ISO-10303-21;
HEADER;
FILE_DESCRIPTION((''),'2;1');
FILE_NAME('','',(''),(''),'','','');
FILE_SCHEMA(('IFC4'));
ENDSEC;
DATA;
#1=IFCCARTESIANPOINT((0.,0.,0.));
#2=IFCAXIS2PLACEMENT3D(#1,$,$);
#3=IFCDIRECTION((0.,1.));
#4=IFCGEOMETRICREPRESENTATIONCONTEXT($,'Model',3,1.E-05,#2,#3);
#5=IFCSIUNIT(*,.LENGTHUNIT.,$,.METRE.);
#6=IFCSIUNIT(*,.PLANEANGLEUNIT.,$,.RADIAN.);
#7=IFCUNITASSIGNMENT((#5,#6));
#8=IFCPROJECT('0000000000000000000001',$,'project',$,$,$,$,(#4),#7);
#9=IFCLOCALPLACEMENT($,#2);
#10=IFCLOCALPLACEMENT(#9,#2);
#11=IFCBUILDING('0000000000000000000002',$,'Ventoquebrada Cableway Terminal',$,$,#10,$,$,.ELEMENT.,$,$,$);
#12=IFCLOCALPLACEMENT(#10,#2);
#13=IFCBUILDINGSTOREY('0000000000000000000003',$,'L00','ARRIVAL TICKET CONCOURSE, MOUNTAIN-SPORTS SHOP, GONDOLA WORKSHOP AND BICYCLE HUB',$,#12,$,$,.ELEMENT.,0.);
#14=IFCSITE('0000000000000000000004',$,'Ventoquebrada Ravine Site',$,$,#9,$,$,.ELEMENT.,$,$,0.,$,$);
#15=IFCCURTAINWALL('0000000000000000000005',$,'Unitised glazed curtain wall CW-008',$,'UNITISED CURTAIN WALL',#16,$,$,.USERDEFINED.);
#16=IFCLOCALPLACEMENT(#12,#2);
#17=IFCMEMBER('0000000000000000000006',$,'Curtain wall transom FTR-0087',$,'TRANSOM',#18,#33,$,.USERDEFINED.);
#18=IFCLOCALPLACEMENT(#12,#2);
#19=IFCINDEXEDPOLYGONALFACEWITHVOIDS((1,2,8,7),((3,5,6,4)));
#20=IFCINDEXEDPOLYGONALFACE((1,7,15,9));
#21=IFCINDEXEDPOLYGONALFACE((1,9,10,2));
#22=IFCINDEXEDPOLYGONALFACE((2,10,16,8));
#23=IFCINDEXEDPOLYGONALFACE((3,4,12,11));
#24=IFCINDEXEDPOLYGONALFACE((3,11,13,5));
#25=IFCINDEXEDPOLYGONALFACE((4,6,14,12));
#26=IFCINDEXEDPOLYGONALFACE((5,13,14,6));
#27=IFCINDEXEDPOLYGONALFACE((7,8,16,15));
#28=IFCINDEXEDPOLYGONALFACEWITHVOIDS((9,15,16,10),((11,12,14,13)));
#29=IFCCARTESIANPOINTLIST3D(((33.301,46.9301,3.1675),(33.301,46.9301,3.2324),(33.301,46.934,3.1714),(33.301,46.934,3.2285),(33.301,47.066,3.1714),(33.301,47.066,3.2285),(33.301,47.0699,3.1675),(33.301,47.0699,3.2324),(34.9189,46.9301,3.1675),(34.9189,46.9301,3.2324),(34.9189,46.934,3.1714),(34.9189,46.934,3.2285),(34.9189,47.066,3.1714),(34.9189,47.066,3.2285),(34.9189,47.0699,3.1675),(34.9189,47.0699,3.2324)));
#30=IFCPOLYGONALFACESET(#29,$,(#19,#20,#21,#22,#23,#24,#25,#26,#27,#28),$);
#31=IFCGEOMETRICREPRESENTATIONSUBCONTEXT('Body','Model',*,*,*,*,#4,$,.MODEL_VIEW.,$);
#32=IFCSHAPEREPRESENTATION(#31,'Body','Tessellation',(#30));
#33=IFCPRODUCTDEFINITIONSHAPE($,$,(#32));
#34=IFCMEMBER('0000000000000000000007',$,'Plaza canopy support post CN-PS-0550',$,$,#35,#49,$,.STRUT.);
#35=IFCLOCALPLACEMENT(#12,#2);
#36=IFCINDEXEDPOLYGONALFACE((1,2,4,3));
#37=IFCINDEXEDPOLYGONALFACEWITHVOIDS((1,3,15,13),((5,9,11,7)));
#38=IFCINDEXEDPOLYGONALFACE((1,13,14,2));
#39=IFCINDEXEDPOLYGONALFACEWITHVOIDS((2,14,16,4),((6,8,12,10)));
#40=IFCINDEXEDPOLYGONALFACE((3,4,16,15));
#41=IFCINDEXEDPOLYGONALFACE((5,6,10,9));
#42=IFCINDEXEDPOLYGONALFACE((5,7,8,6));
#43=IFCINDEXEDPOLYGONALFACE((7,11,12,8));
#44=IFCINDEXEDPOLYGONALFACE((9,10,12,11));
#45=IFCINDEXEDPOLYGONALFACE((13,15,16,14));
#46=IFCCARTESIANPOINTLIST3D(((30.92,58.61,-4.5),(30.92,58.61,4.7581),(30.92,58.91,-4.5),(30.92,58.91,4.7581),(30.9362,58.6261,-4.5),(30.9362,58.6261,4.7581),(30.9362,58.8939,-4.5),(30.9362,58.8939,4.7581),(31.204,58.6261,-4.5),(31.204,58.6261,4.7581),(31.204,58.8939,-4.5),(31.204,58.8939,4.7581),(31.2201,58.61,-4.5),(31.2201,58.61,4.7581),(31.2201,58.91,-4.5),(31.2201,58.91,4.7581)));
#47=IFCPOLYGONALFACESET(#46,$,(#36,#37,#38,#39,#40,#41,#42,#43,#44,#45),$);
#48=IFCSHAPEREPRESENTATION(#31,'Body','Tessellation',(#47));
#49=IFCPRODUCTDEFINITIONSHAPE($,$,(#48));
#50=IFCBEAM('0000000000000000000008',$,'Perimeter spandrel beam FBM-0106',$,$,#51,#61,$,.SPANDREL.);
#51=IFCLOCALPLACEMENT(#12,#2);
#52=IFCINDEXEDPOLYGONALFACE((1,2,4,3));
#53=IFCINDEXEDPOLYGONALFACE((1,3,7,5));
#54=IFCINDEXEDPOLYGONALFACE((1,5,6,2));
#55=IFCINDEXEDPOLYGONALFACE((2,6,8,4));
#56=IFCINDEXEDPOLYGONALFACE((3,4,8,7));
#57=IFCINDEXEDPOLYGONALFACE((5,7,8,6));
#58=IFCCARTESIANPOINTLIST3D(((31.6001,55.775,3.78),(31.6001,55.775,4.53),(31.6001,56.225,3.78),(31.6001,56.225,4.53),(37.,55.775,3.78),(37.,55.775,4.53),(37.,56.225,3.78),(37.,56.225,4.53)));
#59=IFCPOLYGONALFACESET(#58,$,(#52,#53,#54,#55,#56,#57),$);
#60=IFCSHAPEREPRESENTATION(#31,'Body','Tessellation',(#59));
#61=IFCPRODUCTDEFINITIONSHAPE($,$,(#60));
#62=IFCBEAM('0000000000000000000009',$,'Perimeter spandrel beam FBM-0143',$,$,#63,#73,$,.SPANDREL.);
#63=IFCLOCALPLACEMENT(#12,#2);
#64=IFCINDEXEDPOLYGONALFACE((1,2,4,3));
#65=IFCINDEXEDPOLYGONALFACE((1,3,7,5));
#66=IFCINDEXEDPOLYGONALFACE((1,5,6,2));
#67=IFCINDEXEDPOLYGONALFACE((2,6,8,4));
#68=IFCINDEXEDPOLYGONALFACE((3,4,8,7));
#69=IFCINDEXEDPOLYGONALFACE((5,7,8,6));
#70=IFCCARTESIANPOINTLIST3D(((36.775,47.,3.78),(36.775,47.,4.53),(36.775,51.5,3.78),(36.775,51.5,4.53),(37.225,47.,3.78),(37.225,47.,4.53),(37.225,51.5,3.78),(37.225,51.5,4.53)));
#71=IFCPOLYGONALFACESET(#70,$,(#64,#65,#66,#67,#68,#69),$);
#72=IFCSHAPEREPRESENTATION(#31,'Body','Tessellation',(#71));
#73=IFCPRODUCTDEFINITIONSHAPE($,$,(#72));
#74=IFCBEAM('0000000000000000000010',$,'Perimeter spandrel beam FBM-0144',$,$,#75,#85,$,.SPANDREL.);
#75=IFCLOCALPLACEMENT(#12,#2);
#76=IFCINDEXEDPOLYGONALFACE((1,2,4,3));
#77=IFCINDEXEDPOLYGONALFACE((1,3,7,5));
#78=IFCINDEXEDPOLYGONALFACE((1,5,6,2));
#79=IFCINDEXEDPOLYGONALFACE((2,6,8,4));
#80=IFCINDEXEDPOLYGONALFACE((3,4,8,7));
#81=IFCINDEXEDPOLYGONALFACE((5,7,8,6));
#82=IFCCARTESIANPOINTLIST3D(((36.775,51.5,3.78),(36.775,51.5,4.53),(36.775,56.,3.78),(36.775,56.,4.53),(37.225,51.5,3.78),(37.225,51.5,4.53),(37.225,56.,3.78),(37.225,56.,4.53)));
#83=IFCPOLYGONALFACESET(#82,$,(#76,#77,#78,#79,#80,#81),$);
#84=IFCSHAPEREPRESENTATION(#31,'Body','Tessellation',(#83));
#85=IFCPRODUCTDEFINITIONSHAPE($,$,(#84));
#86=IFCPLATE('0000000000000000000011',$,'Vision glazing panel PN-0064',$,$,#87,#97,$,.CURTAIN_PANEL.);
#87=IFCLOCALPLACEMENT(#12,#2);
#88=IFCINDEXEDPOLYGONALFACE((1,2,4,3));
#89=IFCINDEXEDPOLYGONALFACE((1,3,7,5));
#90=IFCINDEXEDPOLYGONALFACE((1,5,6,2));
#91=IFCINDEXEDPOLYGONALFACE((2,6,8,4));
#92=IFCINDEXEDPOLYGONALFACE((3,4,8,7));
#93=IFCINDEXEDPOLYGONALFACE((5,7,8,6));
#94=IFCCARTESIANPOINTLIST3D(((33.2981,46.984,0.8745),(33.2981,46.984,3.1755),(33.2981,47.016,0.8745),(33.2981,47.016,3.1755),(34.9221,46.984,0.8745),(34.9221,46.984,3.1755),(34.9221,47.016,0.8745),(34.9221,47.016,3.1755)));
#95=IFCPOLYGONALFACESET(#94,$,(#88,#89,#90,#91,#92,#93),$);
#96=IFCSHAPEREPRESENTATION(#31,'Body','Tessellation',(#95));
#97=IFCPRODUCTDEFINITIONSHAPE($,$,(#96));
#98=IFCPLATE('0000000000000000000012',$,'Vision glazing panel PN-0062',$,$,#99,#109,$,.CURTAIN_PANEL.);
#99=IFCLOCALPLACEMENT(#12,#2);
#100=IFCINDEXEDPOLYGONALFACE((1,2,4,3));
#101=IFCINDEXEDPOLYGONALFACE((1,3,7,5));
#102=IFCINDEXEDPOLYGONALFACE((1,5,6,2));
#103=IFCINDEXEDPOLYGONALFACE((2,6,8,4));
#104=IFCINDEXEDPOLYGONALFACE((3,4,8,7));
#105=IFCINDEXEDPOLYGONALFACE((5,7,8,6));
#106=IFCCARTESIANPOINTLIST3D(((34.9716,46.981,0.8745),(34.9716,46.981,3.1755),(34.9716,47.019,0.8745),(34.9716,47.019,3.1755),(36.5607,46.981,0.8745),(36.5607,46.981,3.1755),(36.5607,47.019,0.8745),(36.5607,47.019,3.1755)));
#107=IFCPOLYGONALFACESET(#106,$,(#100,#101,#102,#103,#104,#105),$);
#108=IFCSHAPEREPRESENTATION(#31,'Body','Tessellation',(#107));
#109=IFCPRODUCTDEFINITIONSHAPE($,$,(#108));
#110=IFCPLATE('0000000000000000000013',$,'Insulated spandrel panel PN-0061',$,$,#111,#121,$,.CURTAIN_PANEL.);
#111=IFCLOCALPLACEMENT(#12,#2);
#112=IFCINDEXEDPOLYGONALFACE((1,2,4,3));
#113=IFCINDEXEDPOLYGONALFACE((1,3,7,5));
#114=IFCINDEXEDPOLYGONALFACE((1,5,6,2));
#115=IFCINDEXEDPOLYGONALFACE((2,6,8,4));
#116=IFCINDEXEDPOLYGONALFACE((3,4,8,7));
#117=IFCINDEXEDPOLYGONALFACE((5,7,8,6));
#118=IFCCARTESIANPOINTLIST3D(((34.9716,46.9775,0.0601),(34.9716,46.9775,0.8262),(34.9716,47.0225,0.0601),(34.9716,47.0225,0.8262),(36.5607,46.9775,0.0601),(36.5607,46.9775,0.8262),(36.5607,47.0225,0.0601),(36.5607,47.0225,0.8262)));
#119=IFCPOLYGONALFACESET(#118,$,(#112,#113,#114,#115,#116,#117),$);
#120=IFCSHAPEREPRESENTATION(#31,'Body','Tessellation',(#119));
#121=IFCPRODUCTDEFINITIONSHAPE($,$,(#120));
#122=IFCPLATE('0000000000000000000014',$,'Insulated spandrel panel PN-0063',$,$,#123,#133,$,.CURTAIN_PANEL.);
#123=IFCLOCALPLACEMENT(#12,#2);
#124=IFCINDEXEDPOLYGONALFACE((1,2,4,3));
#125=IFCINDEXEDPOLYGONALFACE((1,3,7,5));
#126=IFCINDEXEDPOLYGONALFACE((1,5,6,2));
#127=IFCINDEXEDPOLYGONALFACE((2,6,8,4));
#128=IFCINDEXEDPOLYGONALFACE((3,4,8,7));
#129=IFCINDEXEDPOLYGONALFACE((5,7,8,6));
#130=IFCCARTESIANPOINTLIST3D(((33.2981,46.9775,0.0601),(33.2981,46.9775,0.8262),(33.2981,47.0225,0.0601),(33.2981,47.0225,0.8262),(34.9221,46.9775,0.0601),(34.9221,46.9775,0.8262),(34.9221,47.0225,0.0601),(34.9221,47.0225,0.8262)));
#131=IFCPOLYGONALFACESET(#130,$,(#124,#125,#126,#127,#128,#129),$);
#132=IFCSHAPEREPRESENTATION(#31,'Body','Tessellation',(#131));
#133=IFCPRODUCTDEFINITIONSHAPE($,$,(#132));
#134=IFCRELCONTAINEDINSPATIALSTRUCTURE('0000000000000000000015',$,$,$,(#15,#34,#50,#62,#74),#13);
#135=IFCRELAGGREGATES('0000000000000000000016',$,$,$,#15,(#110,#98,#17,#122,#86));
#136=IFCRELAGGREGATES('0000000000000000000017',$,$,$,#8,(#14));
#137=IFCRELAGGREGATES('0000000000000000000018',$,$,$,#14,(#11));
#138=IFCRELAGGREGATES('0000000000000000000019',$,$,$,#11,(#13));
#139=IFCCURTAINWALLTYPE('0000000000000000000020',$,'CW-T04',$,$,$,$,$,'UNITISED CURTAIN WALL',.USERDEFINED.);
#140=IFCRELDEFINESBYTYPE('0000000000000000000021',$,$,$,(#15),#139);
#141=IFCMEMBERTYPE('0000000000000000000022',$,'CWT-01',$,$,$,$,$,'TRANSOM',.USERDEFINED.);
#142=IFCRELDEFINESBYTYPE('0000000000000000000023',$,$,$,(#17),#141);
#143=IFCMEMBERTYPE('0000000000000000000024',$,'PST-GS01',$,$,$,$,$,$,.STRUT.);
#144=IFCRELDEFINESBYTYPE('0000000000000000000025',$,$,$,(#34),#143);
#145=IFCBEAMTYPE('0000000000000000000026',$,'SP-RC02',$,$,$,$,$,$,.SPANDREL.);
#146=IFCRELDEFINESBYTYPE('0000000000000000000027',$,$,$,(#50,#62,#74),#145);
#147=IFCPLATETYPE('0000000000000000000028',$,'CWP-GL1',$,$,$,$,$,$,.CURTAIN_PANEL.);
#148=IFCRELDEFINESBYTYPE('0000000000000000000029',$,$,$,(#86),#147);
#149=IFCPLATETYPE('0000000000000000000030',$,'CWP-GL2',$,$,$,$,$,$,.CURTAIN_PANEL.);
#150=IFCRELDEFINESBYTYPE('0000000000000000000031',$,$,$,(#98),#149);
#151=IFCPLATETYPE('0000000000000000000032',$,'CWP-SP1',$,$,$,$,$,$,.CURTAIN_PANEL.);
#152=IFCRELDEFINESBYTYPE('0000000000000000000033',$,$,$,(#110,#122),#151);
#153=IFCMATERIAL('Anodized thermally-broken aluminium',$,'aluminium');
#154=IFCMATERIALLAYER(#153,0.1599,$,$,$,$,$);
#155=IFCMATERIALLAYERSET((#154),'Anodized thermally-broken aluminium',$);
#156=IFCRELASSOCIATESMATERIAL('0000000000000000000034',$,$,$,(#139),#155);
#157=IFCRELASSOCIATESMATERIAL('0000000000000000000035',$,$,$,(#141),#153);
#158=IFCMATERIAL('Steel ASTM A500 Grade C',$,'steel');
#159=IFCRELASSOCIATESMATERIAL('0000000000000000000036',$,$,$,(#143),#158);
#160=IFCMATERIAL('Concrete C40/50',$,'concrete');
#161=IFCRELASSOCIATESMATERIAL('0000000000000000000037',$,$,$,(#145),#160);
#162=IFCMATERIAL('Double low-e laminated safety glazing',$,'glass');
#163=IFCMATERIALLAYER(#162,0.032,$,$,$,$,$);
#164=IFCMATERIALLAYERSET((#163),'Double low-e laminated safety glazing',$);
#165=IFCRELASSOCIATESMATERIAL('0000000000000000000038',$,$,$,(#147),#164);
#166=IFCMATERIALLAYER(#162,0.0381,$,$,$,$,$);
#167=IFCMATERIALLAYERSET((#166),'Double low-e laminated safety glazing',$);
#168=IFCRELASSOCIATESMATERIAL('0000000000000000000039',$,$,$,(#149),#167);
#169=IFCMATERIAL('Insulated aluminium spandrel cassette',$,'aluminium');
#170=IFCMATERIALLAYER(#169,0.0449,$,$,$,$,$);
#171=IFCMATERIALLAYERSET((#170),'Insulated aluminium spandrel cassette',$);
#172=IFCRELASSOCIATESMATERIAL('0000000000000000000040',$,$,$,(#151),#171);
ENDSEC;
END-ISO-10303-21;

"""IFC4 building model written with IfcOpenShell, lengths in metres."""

from ifc_helpers import new_model, si_unit, direction, frame, origin, origin_2d, place, context, subcontext, project, spatial, rectangle, hollow_rectangle, extrude, material, layer, layer_set, material_profile, profile_set, type_object, element, aggregate, save


model = new_model("IFC4")

# Units and contexts
model_context = context("Model", 3, precision=1e-05, world=origin(), true_north=direction((0.0, 1.0)))
body_context = subcontext(model_context, "Body", "Model", "MODEL_VIEW")
ifc_project = project(units=[si_unit("LENGTHUNIT", "METRE"), si_unit("PLANEANGLEUNIT", "RADIAN")], contexts=[model_context])

# Site, building, storey
site_placement = place(None, origin())
site = spatial("IfcSite", under=ifc_project, at=site_placement, Name="Ventoquebrada Ravine Site", CompositionType="ELEMENT", RefElevation=0.0)
building_placement = place(site_placement, origin())
building = spatial("IfcBuilding", under=site, at=building_placement, Name="Ventoquebrada Cableway Terminal", CompositionType="ELEMENT")
storey_placement = place(building_placement, origin())
storey = spatial("IfcBuildingStorey", under=building, at=storey_placement, Name="L00", Description="ARRIVAL TICKET CONCOURSE, MOUNTAIN-SPORTS SHOP, GONDOLA WORKSHOP AND BICYCLE HUB", CompositionType="ELEMENT", Elevation=0.0)

# Shared definitions
ifc_material_1 = material(Name="Concrete C40/50", Category="concrete")

# Curtain wall, member
ifc_material_2 = material(Name="Anodized thermally-broken aluminium", Category="aluminium")
ifc_layer_1 = layer(ifc_material_2, 0.1599)
ifc_layer_set_1 = layer_set([ifc_layer_1], Name="Anodized thermally-broken aluminium")
curtain_wall_type = type_object("IfcCurtainWallType", Name="CW-T04", ElementType="UNITISED CURTAIN WALL", PredefinedType="USERDEFINED", material=ifc_layer_set_1)
curtain_wall_placement = place(storey_placement, origin())
curtain_wall = element("IfcCurtainWall", 1, at=curtain_wall_placement, inside=storey, type_object=curtain_wall_type, Name="Unitised glazed curtain wall CW-008", ObjectType="UNITISED CURTAIN WALL", PredefinedType="USERDEFINED")
ifc_material_profile_1 = material_profile(ifc_material_2, hollow_rectangle(XDim=0.0649, YDim=0.1399, WallThickness=0.0039, at=origin_2d()), Name="CW-TRN-65X140")
ifc_profile_set_1 = profile_set([ifc_material_profile_1], Name="Anodized thermally-broken aluminium")
member_type_1 = type_object("IfcMemberType", Name="CWT-01", ElementType="TRANSOM", PredefinedType="USERDEFINED", material=ifc_profile_set_1)
member_1_placement = place(storey_placement, frame((34.9189, 47.0, 3.2), z_axis=(-1.0, 0.0, 0.0), x_axis=(0.0, 0.0, 1.0)))
member_1 = element("IfcMember", 2, at=member_1_placement, type_object=member_type_1, Name="Curtain wall transom FTR-0087", ObjectType="TRANSOM", PredefinedType="USERDEFINED", context=body_context, shape_type="SweptSolid", body=[
    extrude(hollow_rectangle(XDim=0.0649, YDim=0.1399, WallThickness=0.0039, at=origin_2d()), origin(), (0.0, 0.0, 1.0), 1.6179),
])

# Member
ifc_material_3 = material(Name="Steel ASTM A500 Grade C", Category="steel")
ifc_material_profile_2 = material_profile(ifc_material_3, hollow_rectangle(XDim=0.3, YDim=0.3, WallThickness=0.0161, at=origin_2d()), Name="HSS300X300X16")
ifc_profile_set_2 = profile_set([ifc_material_profile_2], Name="Steel ASTM A500 Grade C")
member_type_2 = type_object("IfcMemberType", Name="PST-GS01", PredefinedType="STRUT", material=ifc_profile_set_2)
member_2_placement = place(storey_placement, frame((31.0701, 58.76, -4.5), z_axis=(0.0, 0.0, 1.0), x_axis=(1.0, 0.0, 0.0)))
element("IfcMember", 3, at=member_2_placement, inside=storey, type_object=member_type_2, Name="Plaza canopy support post CN-PS-0550", PredefinedType="STRUT", context=body_context, shape_type="SweptSolid", body=[
    extrude(hollow_rectangle(XDim=0.3, YDim=0.3, WallThickness=0.0161, at=origin_2d()), origin(), (0.0, 0.0, 1.0), 9.2581),
])

# Beams
ifc_material_profile_3 = material_profile(ifc_material_1, rectangle(XDim=0.45, YDim=0.75, at=origin_2d()), Name="RC-BM-450X750")
ifc_profile_set_3 = profile_set([ifc_material_profile_3], Name="Concrete C40/50")
beam_type = type_object("IfcBeamType", Name="SP-RC02", PredefinedType="SPANDREL", material=ifc_profile_set_3)
beam_placement = place(storey_placement, frame((31.6001, 56.0, 4.155), z_axis=(1.0, 0.0, 0.0), x_axis=(0.0, 1.0, 0.0)))
element("IfcBeam", 4, at=beam_placement, inside=storey, type_object=beam_type, Name="Perimeter spandrel beam FBM-0106", PredefinedType="SPANDREL", context=body_context, shape_type="SweptSolid", body=[
    extrude(rectangle(XDim=0.45, YDim=0.75, at=origin_2d()), origin(), (0.0, 0.0, 1.0), 5.3999),
])
for number, where, z_axis, x_axis, name in (
    (5, (37.0, 47.0, 4.155), (0.0, 1.0, 0.0), (-1.0, 0.0, 0.0), "Perimeter spandrel beam FBM-0143"),
    (6, (37.0, 51.5, 4.155), (0.0, 1.0, 0.0), (-1.0, 0.0, 0.0), "Perimeter spandrel beam FBM-0144"),
):
    element("IfcBeam", number, at=place(storey_placement, frame(where, z_axis=z_axis, x_axis=x_axis)), inside=storey, type_object=beam_type, Name=name, PredefinedType="SPANDREL", context=body_context, shape_type="SweptSolid", body=[
        extrude(rectangle(XDim=0.45, YDim=0.75, at=origin_2d()), origin(), (0.0, 0.0, 1.0), 4.5),
    ])

# Plates
ifc_material_4 = material(Name="Double low-e laminated safety glazing", Category="glass")
ifc_layer_2 = layer(ifc_material_4, 0.032)
ifc_layer_set_2 = layer_set([ifc_layer_2], Name="Double low-e laminated safety glazing")
plate_type_1 = type_object("IfcPlateType", Name="CWP-GL1", PredefinedType="CURTAIN_PANEL", material=ifc_layer_set_2)
plate_1_placement = place(storey_placement, frame((34.1101, 47.0, 0.8745), z_axis=(0.0, 0.0, 1.0), x_axis=(-1.0, 0.0, 0.0)))
plate_1 = element("IfcPlate", 7, at=plate_1_placement, type_object=plate_type_1, Name="Vision glazing panel PN-0064", PredefinedType="CURTAIN_PANEL", context=body_context, shape_type="SweptSolid", body=[
    extrude(rectangle(XDim=1.624, YDim=0.032, at=origin_2d()), origin(), (0.0, 0.0, 1.0), 2.301),
])
ifc_layer_3 = layer(ifc_material_4, 0.0381)
ifc_layer_set_3 = layer_set([ifc_layer_3], Name="Double low-e laminated safety glazing")
plate_type_2 = type_object("IfcPlateType", Name="CWP-GL2", PredefinedType="CURTAIN_PANEL", material=ifc_layer_set_3)
plate_2_placement = place(storey_placement, frame((35.7661, 47.0, 0.8745), z_axis=(0.0, 0.0, 1.0), x_axis=(-1.0, 0.0, 0.0)))
plate_2 = element("IfcPlate", 8, at=plate_2_placement, type_object=plate_type_2, Name="Vision glazing panel PN-0062", PredefinedType="CURTAIN_PANEL", context=body_context, shape_type="SweptSolid", body=[
    extrude(rectangle(XDim=1.5891, YDim=0.0381, at=origin_2d()), origin(), (0.0, 0.0, 1.0), 2.301),
])
ifc_material_5 = material(Name="Insulated aluminium spandrel cassette", Category="aluminium")
ifc_layer_4 = layer(ifc_material_5, 0.0449)
ifc_layer_set_4 = layer_set([ifc_layer_4], Name="Insulated aluminium spandrel cassette")
plate_type_3 = type_object("IfcPlateType", Name="CWP-SP1", PredefinedType="CURTAIN_PANEL", material=ifc_layer_set_4)
plate_3_placement = place(storey_placement, frame((35.7661, 47.0, 0.0601), z_axis=(0.0, 0.0, 1.0), x_axis=(-1.0, 0.0, 0.0)))
plate_3 = element("IfcPlate", 9, at=plate_3_placement, type_object=plate_type_3, Name="Insulated spandrel panel PN-0061", PredefinedType="CURTAIN_PANEL", context=body_context, shape_type="SweptSolid", body=[
    extrude(rectangle(XDim=1.5891, YDim=0.0449, at=origin_2d()), origin(), (0.0, 0.0, 1.0), 0.7661),
])
plate_4_placement = place(storey_placement, frame((34.1101, 47.0, 0.0601), z_axis=(0.0, 0.0, 1.0), x_axis=(-1.0, 0.0, 0.0)))
plate_4 = element("IfcPlate", 10, at=plate_4_placement, type_object=plate_type_3, Name="Insulated spandrel panel PN-0063", PredefinedType="CURTAIN_PANEL", context=body_context, shape_type="SweptSolid", body=[
    extrude(rectangle(XDim=1.624, YDim=0.0449, at=origin_2d()), origin(), (0.0, 0.0, 1.0), 0.7661),
])
aggregate(curtain_wall, [plate_3, plate_2, member_1, plate_4, plate_1])

save(model, "model.ifc")
